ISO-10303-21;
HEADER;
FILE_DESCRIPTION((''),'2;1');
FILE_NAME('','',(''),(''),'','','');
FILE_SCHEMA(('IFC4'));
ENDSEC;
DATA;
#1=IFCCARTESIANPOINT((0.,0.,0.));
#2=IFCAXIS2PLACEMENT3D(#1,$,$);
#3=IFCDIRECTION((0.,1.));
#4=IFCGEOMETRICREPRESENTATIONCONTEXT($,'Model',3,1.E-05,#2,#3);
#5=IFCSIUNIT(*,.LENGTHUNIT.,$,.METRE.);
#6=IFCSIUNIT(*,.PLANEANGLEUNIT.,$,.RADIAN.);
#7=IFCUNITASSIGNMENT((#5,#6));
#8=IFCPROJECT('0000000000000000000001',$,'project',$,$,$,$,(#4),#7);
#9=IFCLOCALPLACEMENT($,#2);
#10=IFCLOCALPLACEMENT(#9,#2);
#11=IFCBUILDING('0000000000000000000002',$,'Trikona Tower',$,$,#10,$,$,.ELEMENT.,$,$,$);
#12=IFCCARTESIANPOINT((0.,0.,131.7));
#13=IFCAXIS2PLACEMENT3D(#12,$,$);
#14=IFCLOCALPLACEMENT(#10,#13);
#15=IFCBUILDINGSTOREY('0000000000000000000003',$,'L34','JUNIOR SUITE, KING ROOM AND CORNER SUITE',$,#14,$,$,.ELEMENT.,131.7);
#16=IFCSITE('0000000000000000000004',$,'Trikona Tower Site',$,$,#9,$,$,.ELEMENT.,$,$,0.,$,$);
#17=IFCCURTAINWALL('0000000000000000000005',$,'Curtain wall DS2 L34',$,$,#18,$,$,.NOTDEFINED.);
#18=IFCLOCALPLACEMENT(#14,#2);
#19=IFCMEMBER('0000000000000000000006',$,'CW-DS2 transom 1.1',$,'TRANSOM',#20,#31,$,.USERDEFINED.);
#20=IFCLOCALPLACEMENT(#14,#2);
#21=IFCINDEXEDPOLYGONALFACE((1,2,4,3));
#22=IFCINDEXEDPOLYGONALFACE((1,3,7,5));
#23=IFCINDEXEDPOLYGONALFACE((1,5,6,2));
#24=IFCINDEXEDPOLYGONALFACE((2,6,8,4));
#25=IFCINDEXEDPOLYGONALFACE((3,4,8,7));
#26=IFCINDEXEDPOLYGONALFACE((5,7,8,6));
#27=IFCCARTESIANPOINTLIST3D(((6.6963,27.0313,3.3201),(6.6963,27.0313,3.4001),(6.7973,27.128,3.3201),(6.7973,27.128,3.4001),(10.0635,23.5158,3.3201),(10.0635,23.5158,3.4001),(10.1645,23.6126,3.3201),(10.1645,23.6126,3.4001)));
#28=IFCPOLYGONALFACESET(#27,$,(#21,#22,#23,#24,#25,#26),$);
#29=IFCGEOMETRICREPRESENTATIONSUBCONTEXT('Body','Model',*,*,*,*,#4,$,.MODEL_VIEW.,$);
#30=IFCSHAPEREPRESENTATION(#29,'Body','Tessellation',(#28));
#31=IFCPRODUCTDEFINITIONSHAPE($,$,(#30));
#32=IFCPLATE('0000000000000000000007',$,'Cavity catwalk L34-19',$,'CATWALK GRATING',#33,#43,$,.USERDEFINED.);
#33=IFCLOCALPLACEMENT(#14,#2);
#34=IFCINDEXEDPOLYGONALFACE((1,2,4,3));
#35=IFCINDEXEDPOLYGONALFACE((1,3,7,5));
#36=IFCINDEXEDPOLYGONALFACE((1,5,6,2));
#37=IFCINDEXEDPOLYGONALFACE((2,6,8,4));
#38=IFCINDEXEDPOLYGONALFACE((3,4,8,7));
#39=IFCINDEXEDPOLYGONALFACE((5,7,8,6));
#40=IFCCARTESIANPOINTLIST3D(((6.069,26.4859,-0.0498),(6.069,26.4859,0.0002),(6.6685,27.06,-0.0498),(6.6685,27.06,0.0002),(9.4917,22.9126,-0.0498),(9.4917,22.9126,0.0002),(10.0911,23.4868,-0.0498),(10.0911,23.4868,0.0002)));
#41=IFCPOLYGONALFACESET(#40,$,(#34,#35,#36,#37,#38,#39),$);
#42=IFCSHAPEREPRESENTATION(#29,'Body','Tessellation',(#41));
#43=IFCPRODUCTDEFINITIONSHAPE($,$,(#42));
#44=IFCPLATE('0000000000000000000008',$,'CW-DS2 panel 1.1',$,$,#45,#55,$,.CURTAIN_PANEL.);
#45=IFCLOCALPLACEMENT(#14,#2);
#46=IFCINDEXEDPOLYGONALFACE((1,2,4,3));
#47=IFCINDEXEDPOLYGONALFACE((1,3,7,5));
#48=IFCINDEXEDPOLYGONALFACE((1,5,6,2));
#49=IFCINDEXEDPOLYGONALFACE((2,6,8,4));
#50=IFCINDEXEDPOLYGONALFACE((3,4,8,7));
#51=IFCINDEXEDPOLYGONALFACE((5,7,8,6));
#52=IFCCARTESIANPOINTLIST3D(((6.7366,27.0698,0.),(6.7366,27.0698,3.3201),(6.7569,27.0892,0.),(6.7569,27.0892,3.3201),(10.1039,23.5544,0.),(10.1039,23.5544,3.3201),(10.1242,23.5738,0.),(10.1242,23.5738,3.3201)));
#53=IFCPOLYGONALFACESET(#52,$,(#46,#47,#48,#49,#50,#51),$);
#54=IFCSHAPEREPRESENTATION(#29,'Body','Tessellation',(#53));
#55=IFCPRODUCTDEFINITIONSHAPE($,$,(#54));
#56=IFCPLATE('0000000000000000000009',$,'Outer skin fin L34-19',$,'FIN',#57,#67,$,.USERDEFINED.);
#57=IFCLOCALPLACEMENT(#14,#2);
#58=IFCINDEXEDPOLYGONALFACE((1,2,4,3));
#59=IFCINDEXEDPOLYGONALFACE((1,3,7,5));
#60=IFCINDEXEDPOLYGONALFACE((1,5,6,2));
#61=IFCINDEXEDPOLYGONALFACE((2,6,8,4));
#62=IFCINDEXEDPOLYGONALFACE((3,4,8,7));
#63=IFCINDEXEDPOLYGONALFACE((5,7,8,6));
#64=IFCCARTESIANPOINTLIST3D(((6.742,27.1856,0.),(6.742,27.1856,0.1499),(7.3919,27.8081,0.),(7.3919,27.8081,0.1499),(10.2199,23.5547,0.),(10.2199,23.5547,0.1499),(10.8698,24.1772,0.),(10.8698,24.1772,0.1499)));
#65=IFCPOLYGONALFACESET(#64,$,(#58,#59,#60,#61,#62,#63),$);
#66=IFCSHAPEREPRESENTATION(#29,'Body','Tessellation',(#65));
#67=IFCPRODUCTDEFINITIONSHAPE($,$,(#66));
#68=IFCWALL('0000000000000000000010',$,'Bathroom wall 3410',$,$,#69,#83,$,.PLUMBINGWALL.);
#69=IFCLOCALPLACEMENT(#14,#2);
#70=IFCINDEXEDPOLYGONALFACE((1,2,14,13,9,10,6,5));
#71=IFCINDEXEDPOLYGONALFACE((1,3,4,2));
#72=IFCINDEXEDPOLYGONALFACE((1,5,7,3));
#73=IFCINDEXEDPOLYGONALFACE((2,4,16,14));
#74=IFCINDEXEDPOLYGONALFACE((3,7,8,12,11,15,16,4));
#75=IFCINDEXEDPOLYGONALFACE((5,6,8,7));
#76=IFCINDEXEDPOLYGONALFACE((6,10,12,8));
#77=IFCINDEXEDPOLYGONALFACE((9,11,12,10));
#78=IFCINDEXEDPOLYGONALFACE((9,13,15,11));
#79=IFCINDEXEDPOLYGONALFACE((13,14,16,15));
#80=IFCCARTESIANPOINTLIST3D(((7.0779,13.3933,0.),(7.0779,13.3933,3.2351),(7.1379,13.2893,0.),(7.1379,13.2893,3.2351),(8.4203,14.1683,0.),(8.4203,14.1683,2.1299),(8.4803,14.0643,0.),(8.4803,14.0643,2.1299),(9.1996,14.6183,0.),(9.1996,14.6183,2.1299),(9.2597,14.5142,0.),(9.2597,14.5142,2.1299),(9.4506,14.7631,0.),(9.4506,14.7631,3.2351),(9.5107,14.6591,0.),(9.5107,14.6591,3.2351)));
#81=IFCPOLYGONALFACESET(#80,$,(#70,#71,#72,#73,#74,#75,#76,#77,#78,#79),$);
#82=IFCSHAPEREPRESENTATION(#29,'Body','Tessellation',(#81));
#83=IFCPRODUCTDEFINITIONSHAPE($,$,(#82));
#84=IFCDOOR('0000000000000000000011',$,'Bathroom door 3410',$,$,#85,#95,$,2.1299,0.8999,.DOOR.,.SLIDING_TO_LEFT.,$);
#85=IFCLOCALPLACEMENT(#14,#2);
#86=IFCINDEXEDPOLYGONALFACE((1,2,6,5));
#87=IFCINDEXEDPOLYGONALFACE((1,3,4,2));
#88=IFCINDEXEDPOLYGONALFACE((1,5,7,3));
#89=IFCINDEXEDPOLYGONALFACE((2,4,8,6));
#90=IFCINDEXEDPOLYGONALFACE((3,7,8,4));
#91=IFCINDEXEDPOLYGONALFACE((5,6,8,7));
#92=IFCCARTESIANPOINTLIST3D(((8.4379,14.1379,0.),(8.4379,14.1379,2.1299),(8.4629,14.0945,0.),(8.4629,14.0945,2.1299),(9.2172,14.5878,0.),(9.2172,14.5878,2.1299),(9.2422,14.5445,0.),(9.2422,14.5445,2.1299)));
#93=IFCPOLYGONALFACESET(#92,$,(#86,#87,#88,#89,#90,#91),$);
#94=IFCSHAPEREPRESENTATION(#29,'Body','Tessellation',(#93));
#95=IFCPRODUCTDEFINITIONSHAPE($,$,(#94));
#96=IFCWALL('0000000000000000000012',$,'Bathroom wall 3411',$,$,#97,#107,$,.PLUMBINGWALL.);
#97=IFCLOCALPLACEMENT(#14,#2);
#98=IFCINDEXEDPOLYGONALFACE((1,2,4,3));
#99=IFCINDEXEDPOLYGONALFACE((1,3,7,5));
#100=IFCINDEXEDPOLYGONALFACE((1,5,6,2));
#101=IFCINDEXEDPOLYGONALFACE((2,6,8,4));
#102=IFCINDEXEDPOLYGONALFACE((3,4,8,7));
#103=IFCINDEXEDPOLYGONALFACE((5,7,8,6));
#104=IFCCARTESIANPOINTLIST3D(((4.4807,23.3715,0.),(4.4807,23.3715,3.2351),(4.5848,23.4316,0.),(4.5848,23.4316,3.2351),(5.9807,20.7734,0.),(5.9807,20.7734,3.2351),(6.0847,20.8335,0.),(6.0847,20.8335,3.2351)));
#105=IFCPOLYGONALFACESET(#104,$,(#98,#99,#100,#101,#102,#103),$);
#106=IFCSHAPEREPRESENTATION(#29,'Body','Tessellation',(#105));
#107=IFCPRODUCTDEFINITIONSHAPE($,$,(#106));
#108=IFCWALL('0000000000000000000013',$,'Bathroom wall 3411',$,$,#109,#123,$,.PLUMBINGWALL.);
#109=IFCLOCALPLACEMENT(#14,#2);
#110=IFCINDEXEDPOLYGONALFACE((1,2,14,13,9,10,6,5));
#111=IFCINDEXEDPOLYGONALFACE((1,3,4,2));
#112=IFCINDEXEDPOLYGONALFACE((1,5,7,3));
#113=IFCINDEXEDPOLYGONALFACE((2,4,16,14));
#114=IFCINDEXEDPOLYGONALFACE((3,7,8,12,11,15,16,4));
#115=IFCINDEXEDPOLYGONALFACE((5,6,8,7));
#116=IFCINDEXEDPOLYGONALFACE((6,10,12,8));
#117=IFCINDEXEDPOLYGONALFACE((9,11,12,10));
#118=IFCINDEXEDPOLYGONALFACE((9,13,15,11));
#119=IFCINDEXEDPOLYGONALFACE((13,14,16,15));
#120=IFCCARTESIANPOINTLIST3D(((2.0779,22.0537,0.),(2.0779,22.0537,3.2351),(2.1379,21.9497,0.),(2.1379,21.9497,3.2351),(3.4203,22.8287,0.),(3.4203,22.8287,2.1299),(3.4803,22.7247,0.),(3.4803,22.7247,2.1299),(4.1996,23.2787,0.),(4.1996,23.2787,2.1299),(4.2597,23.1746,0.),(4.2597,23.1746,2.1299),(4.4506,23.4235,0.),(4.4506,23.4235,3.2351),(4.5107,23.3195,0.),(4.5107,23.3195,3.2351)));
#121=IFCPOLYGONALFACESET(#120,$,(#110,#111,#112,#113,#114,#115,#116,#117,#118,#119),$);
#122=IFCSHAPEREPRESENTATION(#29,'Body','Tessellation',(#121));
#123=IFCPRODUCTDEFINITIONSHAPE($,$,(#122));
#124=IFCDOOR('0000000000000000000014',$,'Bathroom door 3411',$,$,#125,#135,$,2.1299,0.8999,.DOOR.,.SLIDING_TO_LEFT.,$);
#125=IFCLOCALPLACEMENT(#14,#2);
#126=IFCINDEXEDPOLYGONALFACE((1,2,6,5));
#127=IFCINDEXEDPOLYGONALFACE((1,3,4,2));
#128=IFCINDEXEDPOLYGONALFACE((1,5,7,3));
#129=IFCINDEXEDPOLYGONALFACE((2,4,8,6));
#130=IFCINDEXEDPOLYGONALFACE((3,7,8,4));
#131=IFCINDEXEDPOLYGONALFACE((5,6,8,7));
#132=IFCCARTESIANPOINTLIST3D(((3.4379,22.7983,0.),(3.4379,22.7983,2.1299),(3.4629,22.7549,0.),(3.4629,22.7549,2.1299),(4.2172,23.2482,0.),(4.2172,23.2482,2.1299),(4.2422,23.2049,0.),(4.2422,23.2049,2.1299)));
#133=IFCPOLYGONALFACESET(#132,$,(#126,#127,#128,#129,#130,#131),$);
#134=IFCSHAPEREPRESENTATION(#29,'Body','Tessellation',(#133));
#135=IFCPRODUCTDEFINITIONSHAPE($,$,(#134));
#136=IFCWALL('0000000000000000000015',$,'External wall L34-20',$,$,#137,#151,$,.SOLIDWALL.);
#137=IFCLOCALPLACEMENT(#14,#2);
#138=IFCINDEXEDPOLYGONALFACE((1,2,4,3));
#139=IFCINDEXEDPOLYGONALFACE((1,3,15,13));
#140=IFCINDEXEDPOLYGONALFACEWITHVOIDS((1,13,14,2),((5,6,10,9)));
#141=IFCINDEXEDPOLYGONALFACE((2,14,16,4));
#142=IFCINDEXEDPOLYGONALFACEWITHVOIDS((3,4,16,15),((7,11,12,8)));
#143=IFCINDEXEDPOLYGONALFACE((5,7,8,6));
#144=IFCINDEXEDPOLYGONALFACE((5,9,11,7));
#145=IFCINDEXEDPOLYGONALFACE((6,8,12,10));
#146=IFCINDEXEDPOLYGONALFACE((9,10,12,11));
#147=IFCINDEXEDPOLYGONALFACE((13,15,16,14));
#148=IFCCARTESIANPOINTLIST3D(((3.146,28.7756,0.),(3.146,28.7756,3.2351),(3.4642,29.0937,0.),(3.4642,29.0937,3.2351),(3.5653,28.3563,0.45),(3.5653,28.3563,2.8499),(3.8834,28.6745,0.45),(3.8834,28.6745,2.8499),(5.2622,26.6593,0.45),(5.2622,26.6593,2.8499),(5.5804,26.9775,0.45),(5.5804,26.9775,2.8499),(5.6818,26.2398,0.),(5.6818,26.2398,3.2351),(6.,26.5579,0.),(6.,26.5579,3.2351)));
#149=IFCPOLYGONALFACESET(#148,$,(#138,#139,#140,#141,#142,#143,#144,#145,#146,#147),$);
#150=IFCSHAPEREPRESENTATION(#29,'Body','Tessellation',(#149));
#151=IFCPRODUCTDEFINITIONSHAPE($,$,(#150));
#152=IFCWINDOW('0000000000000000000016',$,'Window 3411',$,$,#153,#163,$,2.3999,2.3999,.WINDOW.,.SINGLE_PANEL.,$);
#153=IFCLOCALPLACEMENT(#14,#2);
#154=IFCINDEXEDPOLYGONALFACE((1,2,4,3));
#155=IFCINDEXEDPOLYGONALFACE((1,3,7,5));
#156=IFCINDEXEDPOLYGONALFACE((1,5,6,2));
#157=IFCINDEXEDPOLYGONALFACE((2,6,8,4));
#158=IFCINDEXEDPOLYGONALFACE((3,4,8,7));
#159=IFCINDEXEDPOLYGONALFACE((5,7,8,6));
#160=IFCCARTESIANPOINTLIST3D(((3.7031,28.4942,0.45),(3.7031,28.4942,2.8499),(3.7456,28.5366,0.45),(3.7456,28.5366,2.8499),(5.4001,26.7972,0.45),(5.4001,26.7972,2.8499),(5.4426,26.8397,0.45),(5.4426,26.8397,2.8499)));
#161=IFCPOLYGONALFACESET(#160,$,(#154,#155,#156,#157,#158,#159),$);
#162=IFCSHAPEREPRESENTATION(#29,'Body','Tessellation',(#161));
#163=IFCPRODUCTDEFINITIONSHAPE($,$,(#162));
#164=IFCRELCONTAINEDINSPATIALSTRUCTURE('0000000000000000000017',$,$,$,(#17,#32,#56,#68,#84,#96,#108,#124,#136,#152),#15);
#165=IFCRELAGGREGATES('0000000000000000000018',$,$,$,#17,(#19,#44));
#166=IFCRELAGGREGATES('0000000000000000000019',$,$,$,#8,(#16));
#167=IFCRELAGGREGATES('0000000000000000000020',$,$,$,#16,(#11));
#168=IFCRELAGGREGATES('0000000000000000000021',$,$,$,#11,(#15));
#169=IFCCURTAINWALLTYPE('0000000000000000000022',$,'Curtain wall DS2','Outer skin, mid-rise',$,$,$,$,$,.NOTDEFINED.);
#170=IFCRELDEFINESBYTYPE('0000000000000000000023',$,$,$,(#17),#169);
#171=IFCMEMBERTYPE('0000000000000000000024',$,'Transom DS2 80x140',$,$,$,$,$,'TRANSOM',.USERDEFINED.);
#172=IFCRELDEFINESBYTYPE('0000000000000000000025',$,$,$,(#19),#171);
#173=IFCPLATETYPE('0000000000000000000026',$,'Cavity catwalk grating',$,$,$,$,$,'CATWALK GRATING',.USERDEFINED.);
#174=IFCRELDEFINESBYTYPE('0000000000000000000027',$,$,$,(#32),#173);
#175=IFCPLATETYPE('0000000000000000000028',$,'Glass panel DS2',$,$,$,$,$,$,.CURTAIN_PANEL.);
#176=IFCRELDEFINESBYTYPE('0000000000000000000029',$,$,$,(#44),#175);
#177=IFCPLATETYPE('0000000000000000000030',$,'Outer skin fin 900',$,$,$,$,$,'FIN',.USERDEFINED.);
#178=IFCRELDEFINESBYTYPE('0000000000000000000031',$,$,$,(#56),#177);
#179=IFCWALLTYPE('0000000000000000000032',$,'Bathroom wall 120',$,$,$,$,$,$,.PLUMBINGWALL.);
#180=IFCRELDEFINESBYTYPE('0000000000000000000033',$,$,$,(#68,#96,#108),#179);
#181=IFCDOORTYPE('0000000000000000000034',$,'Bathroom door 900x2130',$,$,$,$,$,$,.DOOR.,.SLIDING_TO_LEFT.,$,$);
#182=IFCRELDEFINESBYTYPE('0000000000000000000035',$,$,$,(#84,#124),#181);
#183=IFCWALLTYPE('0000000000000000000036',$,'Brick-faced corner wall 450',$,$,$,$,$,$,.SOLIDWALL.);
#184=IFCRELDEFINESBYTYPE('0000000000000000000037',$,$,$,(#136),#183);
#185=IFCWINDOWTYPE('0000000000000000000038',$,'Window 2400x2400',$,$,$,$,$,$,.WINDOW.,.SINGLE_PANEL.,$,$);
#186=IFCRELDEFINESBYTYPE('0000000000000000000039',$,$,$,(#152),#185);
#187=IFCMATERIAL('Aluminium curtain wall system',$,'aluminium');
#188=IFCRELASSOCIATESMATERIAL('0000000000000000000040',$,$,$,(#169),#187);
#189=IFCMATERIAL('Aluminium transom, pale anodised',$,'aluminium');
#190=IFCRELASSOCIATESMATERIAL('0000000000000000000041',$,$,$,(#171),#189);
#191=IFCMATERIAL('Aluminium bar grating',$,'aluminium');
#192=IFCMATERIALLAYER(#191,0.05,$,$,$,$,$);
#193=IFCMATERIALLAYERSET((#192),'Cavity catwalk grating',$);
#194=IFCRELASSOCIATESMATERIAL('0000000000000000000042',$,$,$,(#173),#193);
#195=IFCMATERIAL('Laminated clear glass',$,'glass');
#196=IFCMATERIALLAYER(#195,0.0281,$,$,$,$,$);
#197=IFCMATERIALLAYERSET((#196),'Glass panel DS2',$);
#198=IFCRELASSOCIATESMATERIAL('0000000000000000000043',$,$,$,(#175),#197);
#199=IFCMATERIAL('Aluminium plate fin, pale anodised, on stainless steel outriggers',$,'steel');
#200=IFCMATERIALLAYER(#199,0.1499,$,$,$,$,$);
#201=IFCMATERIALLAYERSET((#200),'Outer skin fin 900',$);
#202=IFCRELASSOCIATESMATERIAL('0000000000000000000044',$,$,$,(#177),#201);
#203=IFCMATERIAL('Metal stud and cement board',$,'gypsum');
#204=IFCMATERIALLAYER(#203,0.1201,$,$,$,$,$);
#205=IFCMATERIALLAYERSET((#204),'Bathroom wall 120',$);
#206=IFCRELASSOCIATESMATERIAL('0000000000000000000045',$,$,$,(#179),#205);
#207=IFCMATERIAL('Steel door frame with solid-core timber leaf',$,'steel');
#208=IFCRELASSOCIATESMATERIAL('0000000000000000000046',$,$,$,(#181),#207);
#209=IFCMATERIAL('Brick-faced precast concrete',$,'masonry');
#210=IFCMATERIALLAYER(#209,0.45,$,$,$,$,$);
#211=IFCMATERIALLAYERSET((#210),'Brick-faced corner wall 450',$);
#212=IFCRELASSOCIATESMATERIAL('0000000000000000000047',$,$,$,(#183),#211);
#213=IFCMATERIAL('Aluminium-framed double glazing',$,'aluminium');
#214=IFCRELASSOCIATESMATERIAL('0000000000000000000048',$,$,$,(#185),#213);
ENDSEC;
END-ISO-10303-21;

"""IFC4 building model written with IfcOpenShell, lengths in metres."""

from ifc_helpers import new_model, si_unit, direction, frame, frame_2d, origin, origin_2d, place, context, subcontext, project, spatial, rectangle, extrude, material, layer, layer_set, material_profile, profile_set, type_object, element, fill, aggregate, save


model = new_model("IFC4")

# Units and contexts
model_context = context("Model", 3, precision=1e-05, world=origin(), true_north=direction((0.0, 1.0)))
body_context = subcontext(model_context, "Body", "Model", "MODEL_VIEW")
ifc_project = project(units=[si_unit("LENGTHUNIT", "METRE"), si_unit("PLANEANGLEUNIT", "RADIAN")], contexts=[model_context])

# Site, building, storey
site_placement = place(None, origin())
site = spatial("IfcSite", under=ifc_project, at=site_placement, Name="Trikona Tower Site", CompositionType="ELEMENT", RefElevation=0.0)
building_placement = place(site_placement, origin())
building = spatial("IfcBuilding", under=site, at=building_placement, Name="Trikona Tower", CompositionType="ELEMENT")
storey_placement = place(building_placement, frame((0.0, 0.0, 131.7)))
storey = spatial("IfcBuildingStorey", under=building, at=storey_placement, Name="L34", Description="JUNIOR SUITE, KING ROOM AND CORNER SUITE", CompositionType="ELEMENT", Elevation=131.7)

# Shared definitions
ifc_material_1 = material(Name="Aluminium curtain wall system", Category="aluminium")
curtain_wall_type = type_object("IfcCurtainWallType", Name="Curtain wall DS2", Description="Outer skin, mid-rise", PredefinedType="NOTDEFINED", material=ifc_material_1)

# Curtain wall
curtain_wall_1_placement = place(storey_placement, origin())
curtain_wall_1 = element("IfcCurtainWall", 1, at=curtain_wall_1_placement, inside=storey, type_object=curtain_wall_type, Name="Curtain wall DS2 L34", PredefinedType="NOTDEFINED")

# Member
ifc_material_2 = material(Name="Aluminium transom, pale anodised", Category="aluminium")
ifc_material_profile_1 = material_profile(ifc_material_2, rectangle(XDim=0.1399, YDim=0.0801, at=origin_2d()), Name="TRN-DS2")
ifc_profile_set_1 = profile_set([ifc_material_profile_1], Name="Aluminium transom, pale anodised")
member_type_1 = type_object("IfcMemberType", Name="Transom DS2 80x140", ElementType="TRANSOM", PredefinedType="USERDEFINED", material=ifc_profile_set_1)
member_1_placement = place(storey_placement, frame((10.114, 23.5642, 3.3601), z_axis=(-0.691721, 0.722165, 0.0), x_axis=(-0.722165, -0.691721, 0.0)))
member_1 = element("IfcMember", 2, at=member_1_placement, type_object=member_type_1, Name="CW-DS2 transom 1.1", ObjectType="TRANSOM", PredefinedType="USERDEFINED", context=body_context, shape_type="SweptSolid", body=[
    extrude(rectangle(XDim=0.1399, YDim=0.0801, at=origin_2d()), origin(), (0.0, 0.0, 1.0), 4.8679),
])

# Plates
ifc_material_3 = material(Name="Aluminium bar grating", Category="aluminium")
ifc_layer_1 = layer(ifc_material_3, 0.05)
ifc_layer_set_1 = layer_set([ifc_layer_1], Name="Cavity catwalk grating")
plate_type_1 = type_object("IfcPlateType", Name="Cavity catwalk grating", ElementType="CATWALK GRATING", PredefinedType="USERDEFINED", material=ifc_layer_set_1)
plate_1_placement = place(storey_placement, frame((8.0801, 24.9863, -0.0498), z_axis=(0.0, 0.0, 1.0), x_axis=(-0.691724, 0.722162, 0.0)))
element("IfcPlate", 3, at=plate_1_placement, inside=storey, type_object=plate_type_1, Name="Cavity catwalk L34-19", ObjectType="CATWALK GRATING", PredefinedType="USERDEFINED", context=body_context, shape_type="SweptSolid", body=[
    extrude(rectangle(XDim=4.948, YDim=0.8301, at=origin_2d()), origin(), (0.0, 0.0, 1.0), 0.05),
])
ifc_material_4 = material(Name="Laminated clear glass", Category="glass")
ifc_layer_2 = layer(ifc_material_4, 0.0281)
ifc_layer_set_2 = layer_set([ifc_layer_2], Name="Glass panel DS2")
plate_type_2 = type_object("IfcPlateType", Name="Glass panel DS2", PredefinedType="CURTAIN_PANEL", material=ifc_layer_set_2)
plate_2_placement = place(storey_placement, frame((8.4304, 25.3218, 0.0), z_axis=(0.0, 0.0, 1.0), x_axis=(-0.691728, 0.722158, 0.0)))
plate_2 = element("IfcPlate", 4, at=plate_2_placement, type_object=plate_type_2, Name="CW-DS2 panel 1.1", PredefinedType="CURTAIN_PANEL", context=body_context, shape_type="SweptSolid", body=[
    extrude(rectangle(XDim=4.8679, YDim=0.0281, at=origin_2d()), origin(), (0.0, 0.0, 1.0), 3.3201),
])
aggregate(curtain_wall_1, [member_1, plate_2])
ifc_material_5 = material(Name="Aluminium plate fin, pale anodised, on stainless steel outriggers", Category="steel")
ifc_layer_3 = layer(ifc_material_5, 0.1499)
ifc_layer_set_3 = layer_set([ifc_layer_3], Name="Outer skin fin 900")
plate_type_3 = type_object("IfcPlateType", Name="Outer skin fin 900", ElementType="FIN", PredefinedType="USERDEFINED", material=ifc_layer_set_3)
plate_3_placement = place(storey_placement, frame((8.8059, 25.6814, 0.0), z_axis=(0.0, 0.0, 1.0), x_axis=(-0.691724, 0.722162, 0.0)))
element("IfcPlate", 5, at=plate_3_placement, inside=storey, type_object=plate_type_3, Name="Outer skin fin L34-19", ObjectType="FIN", PredefinedType="USERDEFINED", context=body_context, shape_type="SweptSolid", body=[
    extrude(rectangle(XDim=5.0278, YDim=0.8999, at=origin_2d()), origin(), (0.0, 0.0, 1.0), 0.1499),
])

# Wall, opening, door
ifc_material_6 = material(Name="Metal stud and cement board", Category="gypsum")
ifc_layer_4 = layer(ifc_material_6, 0.1201)
ifc_layer_set_4 = layer_set([ifc_layer_4], Name="Bathroom wall 120")
wall_type_1 = type_object("IfcWallType", Name="Bathroom wall 120", PredefinedType="PLUMBINGWALL", material=ifc_layer_set_4)
wall_1_placement = place(storey_placement, frame((7.1079, 13.3413, 0.0), z_axis=(0.0, 0.0, 1.0), x_axis=(0.866036, 0.499982, 0.0)))
wall_1 = element("IfcWall", 6, at=wall_1_placement, inside=storey, type_object=wall_type_1, Name="Bathroom wall 3410", PredefinedType="PLUMBINGWALL", context=body_context, shape_type="SweptSolid", body=[
    extrude(rectangle(XDim=2.7397, YDim=0.1201, at=frame_2d((1.3699, 0.0))), origin(), (0.0, 0.0, 1.0), 3.2351),
])
opening_1_placement = place(wall_1_placement, frame((1.55, 0.0, 0.0)))
opening_1 = element("IfcOpeningElement", 7, at=opening_1_placement, cuts=wall_1, PredefinedType="OPENING", context=body_context, shape_type="SweptSolid", body=[
    extrude(rectangle(XDim=0.8999, YDim=2.1299, at=frame_2d((0.45, 1.0649))), frame((0.0, 0.0701, 0.0), z_axis=(0.0, -1.0, 0.0), x_axis=(1.0, 0.0, 0.0)), (0.0, 0.0, 1.0), 0.1401),
])
ifc_material_7 = material(Name="Steel door frame with solid-core timber leaf", Category="steel")
door_type_1 = type_object("IfcDoorType", Name="Bathroom door 900x2130", OperationType="SLIDING_TO_LEFT", PredefinedType="DOOR", material=ifc_material_7)
door_1_placement = place(opening_1_placement, origin())
door_1 = element("IfcDoor", 8, at=door_1_placement, inside=storey, type_object=door_type_1, Name="Bathroom door 3410", OperationType="SLIDING_TO_LEFT", OverallHeight=2.1299, OverallWidth=0.8999, PredefinedType="DOOR", context=body_context, shape_type="SweptSolid", body=[
    extrude(rectangle(XDim=0.8999, YDim=2.1299, at=frame_2d((0.45, 1.0649))), frame((0.0, 0.0249, 0.0), z_axis=(0.0, -1.0, 0.0), x_axis=(1.0, 0.0, 0.0)), (0.0, 0.0, 1.0), 0.05),
])
fill(opening_1, door_1)

# Wall
wall_2_placement = place(storey_placement, frame((6.0327, 20.8035, 0.0), z_axis=(0.0, 0.0, 1.0), x_axis=(-0.49999, 0.866031, 0.0)))
element("IfcWall", 9, at=wall_2_placement, inside=storey, type_object=wall_type_1, Name="Bathroom wall 3411", PredefinedType="PLUMBINGWALL", context=body_context, shape_type="SweptSolid", body=[
    extrude(rectangle(XDim=3.0, YDim=0.1201, at=frame_2d((1.5, 0.0))), origin(), (0.0, 0.0, 1.0), 3.2351),
])

# Wall, opening, door
wall_3_placement = place(storey_placement, frame((2.1079, 22.0017, 0.0), z_axis=(0.0, 0.0, 1.0), x_axis=(0.866036, 0.499982, 0.0)))
wall_3 = element("IfcWall", 10, at=wall_3_placement, inside=storey, type_object=wall_type_1, Name="Bathroom wall 3411", PredefinedType="PLUMBINGWALL", context=body_context, shape_type="SweptSolid", body=[
    extrude(rectangle(XDim=2.7397, YDim=0.1201, at=frame_2d((1.3699, 0.0))), origin(), (0.0, 0.0, 1.0), 3.2351),
])
opening_2_placement = place(wall_3_placement, frame((1.55, 0.0, 0.0)))
opening_2 = element("IfcOpeningElement", 11, at=opening_2_placement, cuts=wall_3, PredefinedType="OPENING", context=body_context, shape_type="SweptSolid", body=[
    extrude(rectangle(XDim=0.8999, YDim=2.1299, at=frame_2d((0.45, 1.0649))), frame((0.0, 0.0701, 0.0), z_axis=(0.0, -1.0, 0.0), x_axis=(1.0, 0.0, 0.0)), (0.0, 0.0, 1.0), 0.1401),
])
door_2_placement = place(opening_2_placement, origin())
door_2 = element("IfcDoor", 12, at=door_2_placement, inside=storey, type_object=door_type_1, Name="Bathroom door 3411", OperationType="SLIDING_TO_LEFT", OverallHeight=2.1299, OverallWidth=0.8999, PredefinedType="DOOR", context=body_context, shape_type="SweptSolid", body=[
    extrude(rectangle(XDim=0.8999, YDim=2.1299, at=frame_2d((0.45, 1.0649))), frame((0.0, 0.0249, 0.0), z_axis=(0.0, -1.0, 0.0), x_axis=(1.0, 0.0, 0.0)), (0.0, 0.0, 1.0), 0.05),
])
fill(opening_2, door_2)

# Wall, opening, window
ifc_material_8 = material(Name="Brick-faced precast concrete", Category="masonry")
ifc_layer_5 = layer(ifc_material_8, 0.45)
ifc_layer_set_5 = layer_set([ifc_layer_5], Name="Brick-faced corner wall 450")
wall_type_2 = type_object("IfcWallType", Name="Brick-faced corner wall 450", PredefinedType="SOLIDWALL", material=ifc_layer_set_5)
wall_4_placement = place(storey_placement, frame((5.8408, 26.3989, 0.0), z_axis=(0.0, 0.0, 1.0), x_axis=(-0.707107, 0.707107, 0.0)))
wall_4 = element("IfcWall", 13, at=wall_4_placement, inside=storey, type_object=wall_type_2, Name="External wall L34-20", PredefinedType="SOLIDWALL", context=body_context, shape_type="SweptSolid", body=[
    extrude(rectangle(XDim=3.5862, YDim=0.45, at=frame_2d((1.793, 0.0))), origin(), (0.0, 0.0, 1.0), 3.2351),
])
opening_3_placement = place(wall_4_placement, frame((0.5933, 0.0, 0.45)))
opening_3 = element("IfcOpeningElement", 14, at=opening_3_placement, cuts=wall_4, PredefinedType="OPENING", context=body_context, shape_type="SweptSolid", body=[
    extrude(rectangle(XDim=2.3999, YDim=2.3999, at=frame_2d((1.2, 1.2))), frame((0.0, 0.2349, 0.0), z_axis=(0.0, -1.0, 0.0), x_axis=(1.0, 0.0, 0.0)), (0.0, 0.0, 1.0), 0.47),
])
ifc_material_9 = material(Name="Aluminium-framed double glazing", Category="aluminium")
window_type_1 = type_object("IfcWindowType", Name="Window 2400x2400", PartitioningType="SINGLE_PANEL", PredefinedType="WINDOW", material=ifc_material_9)
window_1_placement = place(opening_3_placement, origin())
window_1 = element("IfcWindow", 15, at=window_1_placement, inside=storey, type_object=window_type_1, Name="Window 3411", OverallHeight=2.3999, OverallWidth=2.3999, PartitioningType="SINGLE_PANEL", PredefinedType="WINDOW", context=body_context, shape_type="SweptSolid", body=[
    extrude(rectangle(XDim=2.3999, YDim=2.3999, at=frame_2d((1.2, 1.2))), frame((0.0, 0.03, 0.0), z_axis=(0.0, -1.0, 0.0), x_axis=(1.0, 0.0, 0.0)), (0.0, 0.0, 1.0), 0.0601),
])
fill(opening_3, window_1)

save(model, "model.ifc")
